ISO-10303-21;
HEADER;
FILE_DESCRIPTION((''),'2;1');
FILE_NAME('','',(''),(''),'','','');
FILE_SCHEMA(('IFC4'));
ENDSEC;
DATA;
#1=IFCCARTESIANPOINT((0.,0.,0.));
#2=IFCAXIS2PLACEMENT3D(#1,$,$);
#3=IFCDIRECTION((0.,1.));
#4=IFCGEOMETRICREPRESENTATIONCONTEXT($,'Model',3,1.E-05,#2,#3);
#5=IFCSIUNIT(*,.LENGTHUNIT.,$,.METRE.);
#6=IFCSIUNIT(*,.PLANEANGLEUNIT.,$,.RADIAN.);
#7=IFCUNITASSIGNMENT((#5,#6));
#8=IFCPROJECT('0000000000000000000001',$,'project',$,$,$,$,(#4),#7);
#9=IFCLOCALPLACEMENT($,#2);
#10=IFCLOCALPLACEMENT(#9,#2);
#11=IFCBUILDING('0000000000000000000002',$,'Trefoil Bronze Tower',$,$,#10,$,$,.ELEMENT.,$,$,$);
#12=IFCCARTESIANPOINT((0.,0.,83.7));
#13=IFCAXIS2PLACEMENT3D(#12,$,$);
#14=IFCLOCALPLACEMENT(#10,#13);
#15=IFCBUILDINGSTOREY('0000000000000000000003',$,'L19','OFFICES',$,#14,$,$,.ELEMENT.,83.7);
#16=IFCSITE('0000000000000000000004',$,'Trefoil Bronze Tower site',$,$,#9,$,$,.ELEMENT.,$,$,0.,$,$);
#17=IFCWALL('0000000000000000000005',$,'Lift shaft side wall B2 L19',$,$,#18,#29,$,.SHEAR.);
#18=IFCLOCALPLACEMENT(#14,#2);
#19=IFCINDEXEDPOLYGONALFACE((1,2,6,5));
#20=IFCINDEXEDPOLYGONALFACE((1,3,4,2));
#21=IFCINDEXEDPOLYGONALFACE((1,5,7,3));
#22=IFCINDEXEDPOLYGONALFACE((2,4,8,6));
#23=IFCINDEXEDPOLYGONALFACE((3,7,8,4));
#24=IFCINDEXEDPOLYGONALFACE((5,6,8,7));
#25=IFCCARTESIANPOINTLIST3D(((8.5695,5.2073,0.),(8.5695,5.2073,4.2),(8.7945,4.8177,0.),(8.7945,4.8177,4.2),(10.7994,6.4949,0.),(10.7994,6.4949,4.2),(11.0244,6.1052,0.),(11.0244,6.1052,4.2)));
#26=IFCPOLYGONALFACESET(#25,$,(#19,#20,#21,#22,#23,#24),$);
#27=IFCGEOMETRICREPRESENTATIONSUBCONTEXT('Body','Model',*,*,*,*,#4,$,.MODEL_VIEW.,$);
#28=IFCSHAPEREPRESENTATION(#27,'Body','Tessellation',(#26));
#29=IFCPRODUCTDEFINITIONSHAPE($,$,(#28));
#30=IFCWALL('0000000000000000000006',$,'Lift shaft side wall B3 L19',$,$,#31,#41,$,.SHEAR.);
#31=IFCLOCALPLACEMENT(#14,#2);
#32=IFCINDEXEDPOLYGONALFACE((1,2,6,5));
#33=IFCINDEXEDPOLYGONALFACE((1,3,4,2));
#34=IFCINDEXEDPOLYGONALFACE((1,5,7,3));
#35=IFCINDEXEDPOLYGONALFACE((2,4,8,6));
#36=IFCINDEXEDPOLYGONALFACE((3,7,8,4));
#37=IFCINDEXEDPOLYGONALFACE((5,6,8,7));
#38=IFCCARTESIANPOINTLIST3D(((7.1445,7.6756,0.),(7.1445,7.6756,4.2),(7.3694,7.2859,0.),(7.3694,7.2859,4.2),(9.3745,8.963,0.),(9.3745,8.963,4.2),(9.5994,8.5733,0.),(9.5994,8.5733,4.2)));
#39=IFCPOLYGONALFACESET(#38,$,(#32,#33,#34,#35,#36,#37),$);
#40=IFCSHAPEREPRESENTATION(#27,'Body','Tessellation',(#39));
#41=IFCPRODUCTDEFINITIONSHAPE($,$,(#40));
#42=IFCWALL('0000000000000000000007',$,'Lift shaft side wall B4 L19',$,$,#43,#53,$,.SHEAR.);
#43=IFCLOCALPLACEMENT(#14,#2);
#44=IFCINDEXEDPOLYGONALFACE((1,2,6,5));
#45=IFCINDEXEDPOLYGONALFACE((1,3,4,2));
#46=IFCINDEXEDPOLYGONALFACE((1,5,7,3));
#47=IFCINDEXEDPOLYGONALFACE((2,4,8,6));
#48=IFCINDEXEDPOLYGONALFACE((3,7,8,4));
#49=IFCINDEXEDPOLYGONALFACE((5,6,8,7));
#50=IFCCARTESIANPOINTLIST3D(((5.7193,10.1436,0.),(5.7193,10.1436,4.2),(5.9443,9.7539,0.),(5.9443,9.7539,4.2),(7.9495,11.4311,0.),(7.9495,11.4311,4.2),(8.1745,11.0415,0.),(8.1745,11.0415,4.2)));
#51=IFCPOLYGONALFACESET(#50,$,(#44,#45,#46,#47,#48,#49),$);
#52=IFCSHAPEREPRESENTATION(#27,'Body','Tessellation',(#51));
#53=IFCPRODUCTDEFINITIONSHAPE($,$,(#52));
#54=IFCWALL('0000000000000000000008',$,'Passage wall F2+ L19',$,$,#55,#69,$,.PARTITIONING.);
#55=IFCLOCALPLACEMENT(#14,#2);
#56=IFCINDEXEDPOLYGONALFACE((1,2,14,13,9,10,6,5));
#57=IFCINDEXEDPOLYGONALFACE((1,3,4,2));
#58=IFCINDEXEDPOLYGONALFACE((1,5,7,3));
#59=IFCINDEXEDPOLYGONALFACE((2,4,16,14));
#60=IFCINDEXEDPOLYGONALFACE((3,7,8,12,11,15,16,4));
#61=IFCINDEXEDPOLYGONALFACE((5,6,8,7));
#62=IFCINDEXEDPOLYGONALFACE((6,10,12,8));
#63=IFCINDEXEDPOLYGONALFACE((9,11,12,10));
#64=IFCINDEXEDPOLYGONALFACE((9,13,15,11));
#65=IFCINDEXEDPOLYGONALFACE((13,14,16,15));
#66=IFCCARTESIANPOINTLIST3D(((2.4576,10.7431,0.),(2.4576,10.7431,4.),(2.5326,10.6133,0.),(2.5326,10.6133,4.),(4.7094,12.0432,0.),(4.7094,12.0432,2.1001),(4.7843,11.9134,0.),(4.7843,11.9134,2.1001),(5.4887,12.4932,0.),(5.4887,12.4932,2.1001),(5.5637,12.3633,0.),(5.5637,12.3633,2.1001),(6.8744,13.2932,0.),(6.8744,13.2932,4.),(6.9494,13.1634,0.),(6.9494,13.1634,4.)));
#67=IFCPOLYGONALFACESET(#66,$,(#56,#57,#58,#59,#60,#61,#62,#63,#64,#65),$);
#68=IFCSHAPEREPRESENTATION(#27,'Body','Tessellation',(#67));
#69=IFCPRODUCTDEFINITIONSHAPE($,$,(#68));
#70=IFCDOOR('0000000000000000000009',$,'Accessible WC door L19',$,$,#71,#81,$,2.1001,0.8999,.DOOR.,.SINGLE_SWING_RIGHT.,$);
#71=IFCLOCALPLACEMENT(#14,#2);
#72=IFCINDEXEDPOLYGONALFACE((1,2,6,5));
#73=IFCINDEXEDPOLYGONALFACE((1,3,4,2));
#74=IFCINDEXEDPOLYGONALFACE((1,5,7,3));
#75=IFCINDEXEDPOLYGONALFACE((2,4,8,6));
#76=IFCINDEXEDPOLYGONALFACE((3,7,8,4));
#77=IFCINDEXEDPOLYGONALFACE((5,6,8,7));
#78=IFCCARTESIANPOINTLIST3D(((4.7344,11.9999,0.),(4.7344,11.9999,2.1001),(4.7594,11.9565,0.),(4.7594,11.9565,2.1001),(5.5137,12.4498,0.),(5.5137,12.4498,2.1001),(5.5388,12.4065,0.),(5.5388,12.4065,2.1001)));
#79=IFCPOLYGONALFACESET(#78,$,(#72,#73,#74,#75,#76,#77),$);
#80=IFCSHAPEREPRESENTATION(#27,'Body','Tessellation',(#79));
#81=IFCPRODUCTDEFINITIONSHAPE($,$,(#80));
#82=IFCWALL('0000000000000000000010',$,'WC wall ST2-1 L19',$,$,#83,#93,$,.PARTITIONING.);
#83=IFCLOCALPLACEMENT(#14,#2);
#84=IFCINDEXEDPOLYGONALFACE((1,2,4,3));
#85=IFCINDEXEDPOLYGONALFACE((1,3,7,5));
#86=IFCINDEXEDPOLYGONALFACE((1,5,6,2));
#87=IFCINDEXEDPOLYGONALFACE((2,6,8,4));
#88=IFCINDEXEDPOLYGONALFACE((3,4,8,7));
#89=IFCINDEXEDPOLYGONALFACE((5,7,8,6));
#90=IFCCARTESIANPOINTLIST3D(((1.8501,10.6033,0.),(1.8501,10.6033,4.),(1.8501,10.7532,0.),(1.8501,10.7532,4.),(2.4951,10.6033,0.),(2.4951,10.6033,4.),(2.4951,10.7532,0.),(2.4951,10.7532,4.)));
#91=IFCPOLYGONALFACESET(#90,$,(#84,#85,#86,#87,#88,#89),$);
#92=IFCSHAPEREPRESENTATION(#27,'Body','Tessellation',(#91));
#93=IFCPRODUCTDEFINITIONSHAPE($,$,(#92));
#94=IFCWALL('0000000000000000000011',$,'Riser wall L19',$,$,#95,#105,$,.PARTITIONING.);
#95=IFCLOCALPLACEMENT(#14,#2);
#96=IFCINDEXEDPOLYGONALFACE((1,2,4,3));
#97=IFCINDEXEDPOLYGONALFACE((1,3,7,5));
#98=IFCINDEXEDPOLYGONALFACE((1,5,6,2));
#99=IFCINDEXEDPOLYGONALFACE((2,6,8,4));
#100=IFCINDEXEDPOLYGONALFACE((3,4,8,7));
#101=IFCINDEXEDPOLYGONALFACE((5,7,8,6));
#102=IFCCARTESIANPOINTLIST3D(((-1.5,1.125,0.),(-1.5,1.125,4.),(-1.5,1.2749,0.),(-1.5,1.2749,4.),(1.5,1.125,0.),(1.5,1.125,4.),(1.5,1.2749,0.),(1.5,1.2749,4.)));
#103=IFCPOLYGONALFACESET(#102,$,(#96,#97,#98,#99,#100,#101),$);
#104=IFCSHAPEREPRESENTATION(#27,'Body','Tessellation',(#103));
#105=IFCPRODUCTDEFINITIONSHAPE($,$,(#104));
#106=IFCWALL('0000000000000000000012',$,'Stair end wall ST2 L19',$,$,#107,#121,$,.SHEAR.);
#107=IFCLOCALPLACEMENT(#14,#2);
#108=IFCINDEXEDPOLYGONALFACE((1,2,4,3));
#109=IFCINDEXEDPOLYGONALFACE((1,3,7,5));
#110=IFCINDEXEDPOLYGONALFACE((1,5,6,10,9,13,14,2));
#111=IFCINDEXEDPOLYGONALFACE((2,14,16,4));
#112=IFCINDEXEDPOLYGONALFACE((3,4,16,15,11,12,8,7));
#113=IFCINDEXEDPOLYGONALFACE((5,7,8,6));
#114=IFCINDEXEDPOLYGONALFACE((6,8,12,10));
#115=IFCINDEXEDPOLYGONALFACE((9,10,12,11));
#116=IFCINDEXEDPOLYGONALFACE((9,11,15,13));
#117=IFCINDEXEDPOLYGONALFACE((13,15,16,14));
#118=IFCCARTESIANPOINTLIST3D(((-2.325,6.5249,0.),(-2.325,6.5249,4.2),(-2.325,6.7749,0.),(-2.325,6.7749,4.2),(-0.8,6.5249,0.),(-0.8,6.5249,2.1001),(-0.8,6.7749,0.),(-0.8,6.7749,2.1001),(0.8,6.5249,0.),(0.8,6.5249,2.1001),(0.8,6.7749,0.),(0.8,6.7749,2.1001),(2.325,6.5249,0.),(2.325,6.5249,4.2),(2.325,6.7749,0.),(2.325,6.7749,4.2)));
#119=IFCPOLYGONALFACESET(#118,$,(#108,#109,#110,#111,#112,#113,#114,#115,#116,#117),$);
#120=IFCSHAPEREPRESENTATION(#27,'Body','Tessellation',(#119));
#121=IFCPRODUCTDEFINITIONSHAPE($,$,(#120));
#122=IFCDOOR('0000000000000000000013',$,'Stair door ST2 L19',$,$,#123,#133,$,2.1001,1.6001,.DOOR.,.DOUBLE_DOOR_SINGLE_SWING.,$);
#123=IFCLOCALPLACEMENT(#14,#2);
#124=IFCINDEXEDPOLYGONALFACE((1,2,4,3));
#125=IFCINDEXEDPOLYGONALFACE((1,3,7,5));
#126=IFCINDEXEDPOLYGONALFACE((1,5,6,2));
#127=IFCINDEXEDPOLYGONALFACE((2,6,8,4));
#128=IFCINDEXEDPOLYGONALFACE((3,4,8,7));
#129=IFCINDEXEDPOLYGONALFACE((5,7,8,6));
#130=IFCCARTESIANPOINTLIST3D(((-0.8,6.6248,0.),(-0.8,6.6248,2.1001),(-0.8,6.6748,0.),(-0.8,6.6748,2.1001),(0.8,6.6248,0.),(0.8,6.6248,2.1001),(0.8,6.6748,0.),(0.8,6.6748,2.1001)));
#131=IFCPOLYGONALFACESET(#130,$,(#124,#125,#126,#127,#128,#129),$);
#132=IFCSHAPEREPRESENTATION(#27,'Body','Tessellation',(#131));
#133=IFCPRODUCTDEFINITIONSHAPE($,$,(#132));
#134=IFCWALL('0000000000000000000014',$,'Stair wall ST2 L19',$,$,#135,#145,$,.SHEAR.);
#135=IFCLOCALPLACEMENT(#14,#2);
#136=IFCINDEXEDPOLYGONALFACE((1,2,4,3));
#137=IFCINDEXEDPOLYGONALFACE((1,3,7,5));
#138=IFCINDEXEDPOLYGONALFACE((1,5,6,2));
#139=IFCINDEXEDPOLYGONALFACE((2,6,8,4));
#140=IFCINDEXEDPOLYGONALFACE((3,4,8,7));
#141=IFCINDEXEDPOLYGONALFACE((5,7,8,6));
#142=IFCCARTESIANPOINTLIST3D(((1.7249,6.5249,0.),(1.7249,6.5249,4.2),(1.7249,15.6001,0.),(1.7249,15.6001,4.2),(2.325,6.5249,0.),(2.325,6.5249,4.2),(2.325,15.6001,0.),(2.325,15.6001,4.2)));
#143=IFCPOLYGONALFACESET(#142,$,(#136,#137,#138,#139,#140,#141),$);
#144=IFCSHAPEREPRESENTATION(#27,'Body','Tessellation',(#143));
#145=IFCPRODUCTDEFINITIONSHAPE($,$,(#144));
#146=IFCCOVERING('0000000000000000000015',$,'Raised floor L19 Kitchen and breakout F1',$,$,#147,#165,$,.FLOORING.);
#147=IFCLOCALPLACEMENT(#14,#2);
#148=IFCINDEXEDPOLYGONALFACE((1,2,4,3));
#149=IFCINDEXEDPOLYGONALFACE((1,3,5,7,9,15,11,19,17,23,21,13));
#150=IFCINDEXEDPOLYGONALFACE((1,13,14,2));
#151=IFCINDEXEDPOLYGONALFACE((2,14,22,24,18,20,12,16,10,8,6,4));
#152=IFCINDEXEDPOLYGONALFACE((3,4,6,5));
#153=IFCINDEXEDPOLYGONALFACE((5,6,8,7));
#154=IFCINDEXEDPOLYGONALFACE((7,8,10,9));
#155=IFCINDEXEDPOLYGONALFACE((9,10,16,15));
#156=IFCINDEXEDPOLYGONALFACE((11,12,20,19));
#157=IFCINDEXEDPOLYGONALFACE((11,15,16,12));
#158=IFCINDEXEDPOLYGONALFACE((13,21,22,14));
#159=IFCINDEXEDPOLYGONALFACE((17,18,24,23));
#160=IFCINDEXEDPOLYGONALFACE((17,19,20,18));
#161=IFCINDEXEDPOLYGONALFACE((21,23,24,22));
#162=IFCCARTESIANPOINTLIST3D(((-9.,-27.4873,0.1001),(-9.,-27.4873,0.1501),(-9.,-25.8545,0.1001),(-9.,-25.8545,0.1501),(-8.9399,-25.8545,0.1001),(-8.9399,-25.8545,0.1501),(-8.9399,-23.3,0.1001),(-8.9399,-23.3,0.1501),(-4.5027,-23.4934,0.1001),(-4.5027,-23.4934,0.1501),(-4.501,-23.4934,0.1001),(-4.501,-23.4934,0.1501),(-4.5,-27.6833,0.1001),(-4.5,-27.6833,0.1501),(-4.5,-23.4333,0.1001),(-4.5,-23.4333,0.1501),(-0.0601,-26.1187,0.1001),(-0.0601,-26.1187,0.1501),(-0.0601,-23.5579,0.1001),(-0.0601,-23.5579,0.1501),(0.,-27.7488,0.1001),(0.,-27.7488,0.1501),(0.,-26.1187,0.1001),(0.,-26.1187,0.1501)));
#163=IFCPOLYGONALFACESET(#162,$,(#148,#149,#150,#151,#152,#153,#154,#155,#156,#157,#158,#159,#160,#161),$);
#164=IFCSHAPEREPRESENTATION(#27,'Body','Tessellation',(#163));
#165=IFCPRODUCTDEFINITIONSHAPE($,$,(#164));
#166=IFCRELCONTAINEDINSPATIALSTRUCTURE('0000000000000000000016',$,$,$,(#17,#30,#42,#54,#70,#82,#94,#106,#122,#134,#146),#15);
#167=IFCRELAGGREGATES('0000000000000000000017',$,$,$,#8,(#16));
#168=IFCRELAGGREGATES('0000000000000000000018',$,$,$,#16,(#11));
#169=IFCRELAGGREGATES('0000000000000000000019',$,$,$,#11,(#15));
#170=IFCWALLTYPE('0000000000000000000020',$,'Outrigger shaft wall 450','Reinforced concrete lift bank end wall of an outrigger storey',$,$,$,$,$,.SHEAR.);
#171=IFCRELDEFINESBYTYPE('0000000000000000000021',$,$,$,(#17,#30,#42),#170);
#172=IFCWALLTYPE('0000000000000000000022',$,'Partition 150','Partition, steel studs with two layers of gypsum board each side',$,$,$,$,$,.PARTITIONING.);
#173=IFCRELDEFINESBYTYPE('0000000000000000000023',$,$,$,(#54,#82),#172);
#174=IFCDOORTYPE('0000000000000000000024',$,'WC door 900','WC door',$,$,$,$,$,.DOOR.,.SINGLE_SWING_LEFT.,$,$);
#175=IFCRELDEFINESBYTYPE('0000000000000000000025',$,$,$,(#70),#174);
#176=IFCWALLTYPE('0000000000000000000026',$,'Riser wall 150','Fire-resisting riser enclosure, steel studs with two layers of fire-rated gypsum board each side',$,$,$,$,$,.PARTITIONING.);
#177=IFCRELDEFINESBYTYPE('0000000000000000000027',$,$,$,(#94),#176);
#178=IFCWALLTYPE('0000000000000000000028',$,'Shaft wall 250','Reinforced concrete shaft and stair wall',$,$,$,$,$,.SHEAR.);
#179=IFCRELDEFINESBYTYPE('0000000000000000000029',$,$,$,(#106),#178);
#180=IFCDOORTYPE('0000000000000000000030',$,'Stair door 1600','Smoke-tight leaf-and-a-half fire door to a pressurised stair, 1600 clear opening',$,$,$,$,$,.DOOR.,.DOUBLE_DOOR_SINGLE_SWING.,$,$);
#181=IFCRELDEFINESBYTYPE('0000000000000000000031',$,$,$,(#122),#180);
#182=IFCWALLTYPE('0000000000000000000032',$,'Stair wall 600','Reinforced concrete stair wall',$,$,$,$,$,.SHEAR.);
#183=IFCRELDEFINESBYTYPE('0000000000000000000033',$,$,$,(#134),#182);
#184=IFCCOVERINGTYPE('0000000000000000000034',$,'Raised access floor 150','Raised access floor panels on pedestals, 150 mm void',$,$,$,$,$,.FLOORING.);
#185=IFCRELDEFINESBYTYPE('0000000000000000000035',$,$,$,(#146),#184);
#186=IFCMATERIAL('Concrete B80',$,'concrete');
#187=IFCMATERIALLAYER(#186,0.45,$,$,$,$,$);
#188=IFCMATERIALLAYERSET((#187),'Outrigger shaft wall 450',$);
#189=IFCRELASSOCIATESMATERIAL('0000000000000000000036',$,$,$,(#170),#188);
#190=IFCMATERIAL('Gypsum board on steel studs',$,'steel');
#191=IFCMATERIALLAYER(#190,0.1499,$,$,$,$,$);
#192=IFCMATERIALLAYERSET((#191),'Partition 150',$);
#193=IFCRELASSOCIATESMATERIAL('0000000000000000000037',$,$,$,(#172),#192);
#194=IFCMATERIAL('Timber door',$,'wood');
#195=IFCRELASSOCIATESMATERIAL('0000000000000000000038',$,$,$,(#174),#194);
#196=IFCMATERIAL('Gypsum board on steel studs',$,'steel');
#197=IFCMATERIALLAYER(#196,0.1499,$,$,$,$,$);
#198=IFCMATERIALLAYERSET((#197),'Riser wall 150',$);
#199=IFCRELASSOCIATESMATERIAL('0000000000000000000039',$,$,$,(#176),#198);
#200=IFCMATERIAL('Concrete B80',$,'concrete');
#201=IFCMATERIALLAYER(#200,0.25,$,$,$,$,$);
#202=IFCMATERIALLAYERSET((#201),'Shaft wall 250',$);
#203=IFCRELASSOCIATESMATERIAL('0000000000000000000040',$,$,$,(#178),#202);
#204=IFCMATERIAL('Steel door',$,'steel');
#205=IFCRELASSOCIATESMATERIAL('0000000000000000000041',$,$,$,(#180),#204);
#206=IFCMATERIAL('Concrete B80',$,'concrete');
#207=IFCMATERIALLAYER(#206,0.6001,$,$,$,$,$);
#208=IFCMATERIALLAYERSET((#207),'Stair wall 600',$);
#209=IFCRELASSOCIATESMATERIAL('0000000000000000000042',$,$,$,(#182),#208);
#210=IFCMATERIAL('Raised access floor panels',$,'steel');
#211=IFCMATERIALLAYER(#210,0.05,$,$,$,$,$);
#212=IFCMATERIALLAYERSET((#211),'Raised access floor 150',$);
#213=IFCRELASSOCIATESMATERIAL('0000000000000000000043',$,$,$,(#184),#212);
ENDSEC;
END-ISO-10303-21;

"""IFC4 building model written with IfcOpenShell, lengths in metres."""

from ifc_helpers import new_model, si_unit, direction, frame, frame_2d, origin, place, context, subcontext, project, spatial, polyline, rectangle, outline, extrude, material, layer, layer_set, type_object, element, fill, save


model = new_model("IFC4")

# Units and contexts
model_context = context("Model", 3, precision=1e-05, world=origin(), true_north=direction((0.0, 1.0)))
body_context = subcontext(model_context, "Body", "Model", "MODEL_VIEW")
ifc_project = project(units=[si_unit("LENGTHUNIT", "METRE"), si_unit("PLANEANGLEUNIT", "RADIAN")], contexts=[model_context])

# Site, building, storey
site_placement = place(None, origin())
site = spatial("IfcSite", under=ifc_project, at=site_placement, Name="Trefoil Bronze Tower site", CompositionType="ELEMENT", RefElevation=0.0)
building_placement = place(site_placement, origin())
building = spatial("IfcBuilding", under=site, at=building_placement, Name="Trefoil Bronze Tower", CompositionType="ELEMENT")
storey_placement = place(building_placement, frame((0.0, 0.0, 83.7)))
storey = spatial("IfcBuildingStorey", under=building, at=storey_placement, Name="L19", Description="OFFICES", CompositionType="ELEMENT", Elevation=83.7)

# Walls
ifc_material_1 = material(Name="Concrete B80", Category="concrete")
ifc_layer_1 = layer(ifc_material_1, 0.45)
ifc_layer_set_1 = layer_set([ifc_layer_1], Name="Outrigger shaft wall 450")
wall_type_1 = type_object("IfcWallType", Name="Outrigger shaft wall 450", Description="Reinforced concrete lift bank end wall of an outrigger storey", PredefinedType="SHEAR", material=ifc_layer_set_1)
for number, where, z_axis, x_axis, name in (
    (1, (8.6819, 5.0125, 0.0), (0.0, 0.0, 1.0), (0.866006, 0.500034, 0.0), "Lift shaft side wall B2 L19"),
    (2, (7.2568, 7.4807, 0.0), (0.0, 0.0, 1.0), (0.866047, 0.499963, 0.0), "Lift shaft side wall B3 L19"),
):
    element("IfcWall", number, at=place(storey_placement, frame(where, z_axis=z_axis, x_axis=x_axis)), inside=storey, type_object=wall_type_1, Name=name, PredefinedType="SHEAR", context=body_context, shape_type="SweptSolid", body=[
        extrude(rectangle(XDim=2.575, YDim=0.45, at=frame_2d((1.2876, 0.0))), origin(), (0.0, 0.0, 1.0), 4.2),
    ])
wall_1_placement = place(storey_placement, frame((5.8318, 9.9487, 0.0), z_axis=(0.0, 0.0, 1.0), x_axis=(0.866029, 0.499993, 0.0)))
element("IfcWall", 3, at=wall_1_placement, inside=storey, type_object=wall_type_1, Name="Lift shaft side wall B4 L19", PredefinedType="SHEAR", context=body_context, shape_type="SweptSolid", body=[
    extrude(rectangle(XDim=2.5752, YDim=0.45, at=frame_2d((1.2876, 0.0))), origin(), (0.0, 0.0, 1.0), 4.2),
])

# Wall, opening, door
ifc_material_2 = material(Name="Gypsum board on steel studs", Category="steel")
ifc_layer_2 = layer(ifc_material_2, 0.1499)
ifc_layer_set_2 = layer_set([ifc_layer_2], Name="Partition 150")
wall_type_2 = type_object("IfcWallType", Name="Partition 150", Description="Partition, steel studs with two layers of gypsum board each side", PredefinedType="PARTITIONING", material=ifc_layer_set_2)
wall_2_placement = place(storey_placement, frame((2.4951, 10.6782, 0.0), z_axis=(0.0, 0.0, 1.0), x_axis=(0.866022, 0.500006, 0.0)))
wall_2 = element("IfcWall", 4, at=wall_2_placement, inside=storey, type_object=wall_type_2, Name="Passage wall F2+ L19", PredefinedType="PARTITIONING", context=body_context, shape_type="SweptSolid", body=[
    extrude(rectangle(XDim=5.1001, YDim=0.1499, at=frame_2d((2.55, 0.0))), origin(), (0.0, 0.0, 1.0), 4.0),
])
opening_1_placement = place(wall_2_placement, frame((2.6001, 0.0, 0.0)))
opening_1 = element("IfcOpeningElement", 5, at=opening_1_placement, cuts=wall_2, PredefinedType="OPENING", context=body_context, shape_type="SweptSolid", body=[
    extrude(rectangle(XDim=0.8999, YDim=2.1001, at=frame_2d((0.45, 1.05))), frame((0.0, 0.085, 0.0), z_axis=(0.0, -1.0, 0.0), x_axis=(1.0, 0.0, 0.0)), (0.0, 0.0, 1.0), 0.1699),
])
ifc_material_3 = material(Name="Timber door", Category="wood")
door_type_1 = type_object("IfcDoorType", Name="WC door 900", Description="WC door", OperationType="SINGLE_SWING_LEFT", PredefinedType="DOOR", material=ifc_material_3)
door_1_placement = place(opening_1_placement, origin())
door_1 = element("IfcDoor", 6, at=door_1_placement, inside=storey, type_object=door_type_1, Name="Accessible WC door L19", OperationType="SINGLE_SWING_RIGHT", OverallHeight=2.1001, OverallWidth=0.8999, PredefinedType="DOOR", context=body_context, shape_type="SweptSolid", body=[
    extrude(rectangle(XDim=0.8999, YDim=2.1001, at=frame_2d((0.45, 1.05))), frame((0.0, 0.0249, 0.0), z_axis=(0.0, -1.0, 0.0), x_axis=(1.0, 0.0, 0.0)), (0.0, 0.0, 1.0), 0.05),
])
fill(opening_1, door_1)

# Walls
wall_3_placement = place(storey_placement, frame((2.4951, 10.6782, 0.0), z_axis=(0.0, 0.0, 1.0), x_axis=(-1.0, 0.0, 0.0)))
element("IfcWall", 7, at=wall_3_placement, inside=storey, type_object=wall_type_2, Name="WC wall ST2-1 L19", PredefinedType="PARTITIONING", context=body_context, shape_type="SweptSolid", body=[
    extrude(rectangle(XDim=0.645, YDim=0.1499, at=frame_2d((0.3225, 0.0))), origin(), (0.0, 0.0, 1.0), 4.0),
])
ifc_material_4 = material(Name="Gypsum board on steel studs", Category="steel")
ifc_layer_3 = layer(ifc_material_4, 0.1499)
ifc_layer_set_3 = layer_set([ifc_layer_3], Name="Riser wall 150")
wall_type_3 = type_object("IfcWallType", Name="Riser wall 150", Description="Fire-resisting riser enclosure, steel studs with two layers of fire-rated gypsum board each side", PredefinedType="PARTITIONING", material=ifc_layer_set_3)
wall_4_placement = place(storey_placement, frame((1.5, 1.2, 0.0), z_axis=(0.0, 0.0, 1.0), x_axis=(-1.0, 0.0, 0.0)))
element("IfcWall", 8, at=wall_4_placement, inside=storey, type_object=wall_type_3, Name="Riser wall L19", PredefinedType="PARTITIONING", context=body_context, shape_type="SweptSolid", body=[
    extrude(rectangle(XDim=3.0, YDim=0.1499, at=frame_2d((1.5, 0.0))), origin(), (0.0, 0.0, 1.0), 4.0),
])

# Wall, opening, door
ifc_material_5 = material(Name="Concrete B80", Category="concrete")
ifc_layer_4 = layer(ifc_material_5, 0.25)
ifc_layer_set_4 = layer_set([ifc_layer_4], Name="Shaft wall 250")
wall_type_4 = type_object("IfcWallType", Name="Shaft wall 250", Description="Reinforced concrete shaft and stair wall", PredefinedType="SHEAR", material=ifc_layer_set_4)
wall_5_placement = place(storey_placement, frame((2.325, 6.6499, 0.0), z_axis=(0.0, 0.0, 1.0), x_axis=(-1.0, 0.0, 0.0)))
wall_5 = element("IfcWall", 9, at=wall_5_placement, inside=storey, type_object=wall_type_4, Name="Stair end wall ST2 L19", PredefinedType="SHEAR", context=body_context, shape_type="SweptSolid", body=[
    extrude(rectangle(XDim=4.6499, YDim=0.25, at=frame_2d((2.325, 0.0))), origin(), (0.0, 0.0, 1.0), 4.2),
])
opening_2_placement = place(wall_5_placement, frame((1.5249, 0.0, 0.0)))
opening_2 = element("IfcOpeningElement", 10, at=opening_2_placement, cuts=wall_5, PredefinedType="OPENING", context=body_context, shape_type="SweptSolid", body=[
    extrude(rectangle(XDim=1.6001, YDim=2.1001, at=frame_2d((0.8, 1.05))), frame((0.0, 0.135, 0.0), z_axis=(0.0, -1.0, 0.0), x_axis=(1.0, 0.0, 0.0)), (0.0, 0.0, 1.0), 0.27),
])
ifc_material_6 = material(Name="Steel door", Category="steel")
door_type_2 = type_object("IfcDoorType", Name="Stair door 1600", Description="Smoke-tight leaf-and-a-half fire door to a pressurised stair, 1600 clear opening", OperationType="DOUBLE_DOOR_SINGLE_SWING", PredefinedType="DOOR", material=ifc_material_6)
door_2_placement = place(opening_2_placement, frame((1.6001, 0.0, 0.0), z_axis=(0.0, 0.0, 1.0), x_axis=(-1.0, 0.0, 0.0)))
door_2 = element("IfcDoor", 11, at=door_2_placement, inside=storey, type_object=door_type_2, Name="Stair door ST2 L19", OperationType="DOUBLE_DOOR_SINGLE_SWING", OverallHeight=2.1001, OverallWidth=1.6001, PredefinedType="DOOR", context=body_context, shape_type="SweptSolid", body=[
    extrude(rectangle(XDim=1.6001, YDim=2.1001, at=frame_2d((0.8, 1.05))), frame((0.0, 0.0249, 0.0), z_axis=(0.0, -1.0, 0.0), x_axis=(1.0, 0.0, 0.0)), (0.0, 0.0, 1.0), 0.05),
])
fill(opening_2, door_2)

# Wall
ifc_material_7 = material(Name="Concrete B80", Category="concrete")
ifc_layer_5 = layer(ifc_material_7, 0.6001)
ifc_layer_set_5 = layer_set([ifc_layer_5], Name="Stair wall 600")
wall_type_5 = type_object("IfcWallType", Name="Stair wall 600", Description="Reinforced concrete stair wall", PredefinedType="SHEAR", material=ifc_layer_set_5)
wall_6_placement = place(storey_placement, frame((2.0249, 6.5249, 0.0), z_axis=(0.0, 0.0, 1.0), x_axis=(0.0, 1.0, 0.0)))
element("IfcWall", 12, at=wall_6_placement, inside=storey, type_object=wall_type_5, Name="Stair wall ST2 L19", PredefinedType="SHEAR", context=body_context, shape_type="SweptSolid", body=[
    extrude(rectangle(XDim=9.0752, YDim=0.6001, at=frame_2d((4.5376, 0.0))), origin(), (0.0, 0.0, 1.0), 4.2),
])

# Covering
ifc_material_8 = material(Name="Raised access floor panels", Category="steel")
ifc_layer_6 = layer(ifc_material_8, 0.05)
ifc_layer_set_6 = layer_set([ifc_layer_6], Name="Raised access floor 150")
covering_type_1 = type_object("IfcCoveringType", Name="Raised access floor 150", Description="Raised access floor panels on pedestals, 150 mm void", PredefinedType="FLOORING", material=ifc_layer_set_6)
covering_1_placement = place(storey_placement, frame((0.0, 0.0, 0.1001)))
element("IfcCovering", 13, at=covering_1_placement, inside=storey, type_object=covering_type_1, Name="Raised floor L19 Kitchen and breakout F1", PredefinedType="FLOORING", context=body_context, shape_type="SweptSolid", body=[
    extrude(outline(polyline([(-4.5, -27.6833), (-9.0, -27.4873), (-9.0, -25.8545), (-8.9399, -25.8545), (-8.9399, -23.3), (-4.5027, -23.4934), (-4.5, -23.4333), (-4.501, -23.4934), (-0.0601, -23.5579), (-0.0601, -26.1187), (0.0, -26.1187), (0.0, -27.7488), (-4.5, -27.6833)])), origin(), (0.0, 0.0, 1.0), 0.05),
])

save(model, "model.ifc")
